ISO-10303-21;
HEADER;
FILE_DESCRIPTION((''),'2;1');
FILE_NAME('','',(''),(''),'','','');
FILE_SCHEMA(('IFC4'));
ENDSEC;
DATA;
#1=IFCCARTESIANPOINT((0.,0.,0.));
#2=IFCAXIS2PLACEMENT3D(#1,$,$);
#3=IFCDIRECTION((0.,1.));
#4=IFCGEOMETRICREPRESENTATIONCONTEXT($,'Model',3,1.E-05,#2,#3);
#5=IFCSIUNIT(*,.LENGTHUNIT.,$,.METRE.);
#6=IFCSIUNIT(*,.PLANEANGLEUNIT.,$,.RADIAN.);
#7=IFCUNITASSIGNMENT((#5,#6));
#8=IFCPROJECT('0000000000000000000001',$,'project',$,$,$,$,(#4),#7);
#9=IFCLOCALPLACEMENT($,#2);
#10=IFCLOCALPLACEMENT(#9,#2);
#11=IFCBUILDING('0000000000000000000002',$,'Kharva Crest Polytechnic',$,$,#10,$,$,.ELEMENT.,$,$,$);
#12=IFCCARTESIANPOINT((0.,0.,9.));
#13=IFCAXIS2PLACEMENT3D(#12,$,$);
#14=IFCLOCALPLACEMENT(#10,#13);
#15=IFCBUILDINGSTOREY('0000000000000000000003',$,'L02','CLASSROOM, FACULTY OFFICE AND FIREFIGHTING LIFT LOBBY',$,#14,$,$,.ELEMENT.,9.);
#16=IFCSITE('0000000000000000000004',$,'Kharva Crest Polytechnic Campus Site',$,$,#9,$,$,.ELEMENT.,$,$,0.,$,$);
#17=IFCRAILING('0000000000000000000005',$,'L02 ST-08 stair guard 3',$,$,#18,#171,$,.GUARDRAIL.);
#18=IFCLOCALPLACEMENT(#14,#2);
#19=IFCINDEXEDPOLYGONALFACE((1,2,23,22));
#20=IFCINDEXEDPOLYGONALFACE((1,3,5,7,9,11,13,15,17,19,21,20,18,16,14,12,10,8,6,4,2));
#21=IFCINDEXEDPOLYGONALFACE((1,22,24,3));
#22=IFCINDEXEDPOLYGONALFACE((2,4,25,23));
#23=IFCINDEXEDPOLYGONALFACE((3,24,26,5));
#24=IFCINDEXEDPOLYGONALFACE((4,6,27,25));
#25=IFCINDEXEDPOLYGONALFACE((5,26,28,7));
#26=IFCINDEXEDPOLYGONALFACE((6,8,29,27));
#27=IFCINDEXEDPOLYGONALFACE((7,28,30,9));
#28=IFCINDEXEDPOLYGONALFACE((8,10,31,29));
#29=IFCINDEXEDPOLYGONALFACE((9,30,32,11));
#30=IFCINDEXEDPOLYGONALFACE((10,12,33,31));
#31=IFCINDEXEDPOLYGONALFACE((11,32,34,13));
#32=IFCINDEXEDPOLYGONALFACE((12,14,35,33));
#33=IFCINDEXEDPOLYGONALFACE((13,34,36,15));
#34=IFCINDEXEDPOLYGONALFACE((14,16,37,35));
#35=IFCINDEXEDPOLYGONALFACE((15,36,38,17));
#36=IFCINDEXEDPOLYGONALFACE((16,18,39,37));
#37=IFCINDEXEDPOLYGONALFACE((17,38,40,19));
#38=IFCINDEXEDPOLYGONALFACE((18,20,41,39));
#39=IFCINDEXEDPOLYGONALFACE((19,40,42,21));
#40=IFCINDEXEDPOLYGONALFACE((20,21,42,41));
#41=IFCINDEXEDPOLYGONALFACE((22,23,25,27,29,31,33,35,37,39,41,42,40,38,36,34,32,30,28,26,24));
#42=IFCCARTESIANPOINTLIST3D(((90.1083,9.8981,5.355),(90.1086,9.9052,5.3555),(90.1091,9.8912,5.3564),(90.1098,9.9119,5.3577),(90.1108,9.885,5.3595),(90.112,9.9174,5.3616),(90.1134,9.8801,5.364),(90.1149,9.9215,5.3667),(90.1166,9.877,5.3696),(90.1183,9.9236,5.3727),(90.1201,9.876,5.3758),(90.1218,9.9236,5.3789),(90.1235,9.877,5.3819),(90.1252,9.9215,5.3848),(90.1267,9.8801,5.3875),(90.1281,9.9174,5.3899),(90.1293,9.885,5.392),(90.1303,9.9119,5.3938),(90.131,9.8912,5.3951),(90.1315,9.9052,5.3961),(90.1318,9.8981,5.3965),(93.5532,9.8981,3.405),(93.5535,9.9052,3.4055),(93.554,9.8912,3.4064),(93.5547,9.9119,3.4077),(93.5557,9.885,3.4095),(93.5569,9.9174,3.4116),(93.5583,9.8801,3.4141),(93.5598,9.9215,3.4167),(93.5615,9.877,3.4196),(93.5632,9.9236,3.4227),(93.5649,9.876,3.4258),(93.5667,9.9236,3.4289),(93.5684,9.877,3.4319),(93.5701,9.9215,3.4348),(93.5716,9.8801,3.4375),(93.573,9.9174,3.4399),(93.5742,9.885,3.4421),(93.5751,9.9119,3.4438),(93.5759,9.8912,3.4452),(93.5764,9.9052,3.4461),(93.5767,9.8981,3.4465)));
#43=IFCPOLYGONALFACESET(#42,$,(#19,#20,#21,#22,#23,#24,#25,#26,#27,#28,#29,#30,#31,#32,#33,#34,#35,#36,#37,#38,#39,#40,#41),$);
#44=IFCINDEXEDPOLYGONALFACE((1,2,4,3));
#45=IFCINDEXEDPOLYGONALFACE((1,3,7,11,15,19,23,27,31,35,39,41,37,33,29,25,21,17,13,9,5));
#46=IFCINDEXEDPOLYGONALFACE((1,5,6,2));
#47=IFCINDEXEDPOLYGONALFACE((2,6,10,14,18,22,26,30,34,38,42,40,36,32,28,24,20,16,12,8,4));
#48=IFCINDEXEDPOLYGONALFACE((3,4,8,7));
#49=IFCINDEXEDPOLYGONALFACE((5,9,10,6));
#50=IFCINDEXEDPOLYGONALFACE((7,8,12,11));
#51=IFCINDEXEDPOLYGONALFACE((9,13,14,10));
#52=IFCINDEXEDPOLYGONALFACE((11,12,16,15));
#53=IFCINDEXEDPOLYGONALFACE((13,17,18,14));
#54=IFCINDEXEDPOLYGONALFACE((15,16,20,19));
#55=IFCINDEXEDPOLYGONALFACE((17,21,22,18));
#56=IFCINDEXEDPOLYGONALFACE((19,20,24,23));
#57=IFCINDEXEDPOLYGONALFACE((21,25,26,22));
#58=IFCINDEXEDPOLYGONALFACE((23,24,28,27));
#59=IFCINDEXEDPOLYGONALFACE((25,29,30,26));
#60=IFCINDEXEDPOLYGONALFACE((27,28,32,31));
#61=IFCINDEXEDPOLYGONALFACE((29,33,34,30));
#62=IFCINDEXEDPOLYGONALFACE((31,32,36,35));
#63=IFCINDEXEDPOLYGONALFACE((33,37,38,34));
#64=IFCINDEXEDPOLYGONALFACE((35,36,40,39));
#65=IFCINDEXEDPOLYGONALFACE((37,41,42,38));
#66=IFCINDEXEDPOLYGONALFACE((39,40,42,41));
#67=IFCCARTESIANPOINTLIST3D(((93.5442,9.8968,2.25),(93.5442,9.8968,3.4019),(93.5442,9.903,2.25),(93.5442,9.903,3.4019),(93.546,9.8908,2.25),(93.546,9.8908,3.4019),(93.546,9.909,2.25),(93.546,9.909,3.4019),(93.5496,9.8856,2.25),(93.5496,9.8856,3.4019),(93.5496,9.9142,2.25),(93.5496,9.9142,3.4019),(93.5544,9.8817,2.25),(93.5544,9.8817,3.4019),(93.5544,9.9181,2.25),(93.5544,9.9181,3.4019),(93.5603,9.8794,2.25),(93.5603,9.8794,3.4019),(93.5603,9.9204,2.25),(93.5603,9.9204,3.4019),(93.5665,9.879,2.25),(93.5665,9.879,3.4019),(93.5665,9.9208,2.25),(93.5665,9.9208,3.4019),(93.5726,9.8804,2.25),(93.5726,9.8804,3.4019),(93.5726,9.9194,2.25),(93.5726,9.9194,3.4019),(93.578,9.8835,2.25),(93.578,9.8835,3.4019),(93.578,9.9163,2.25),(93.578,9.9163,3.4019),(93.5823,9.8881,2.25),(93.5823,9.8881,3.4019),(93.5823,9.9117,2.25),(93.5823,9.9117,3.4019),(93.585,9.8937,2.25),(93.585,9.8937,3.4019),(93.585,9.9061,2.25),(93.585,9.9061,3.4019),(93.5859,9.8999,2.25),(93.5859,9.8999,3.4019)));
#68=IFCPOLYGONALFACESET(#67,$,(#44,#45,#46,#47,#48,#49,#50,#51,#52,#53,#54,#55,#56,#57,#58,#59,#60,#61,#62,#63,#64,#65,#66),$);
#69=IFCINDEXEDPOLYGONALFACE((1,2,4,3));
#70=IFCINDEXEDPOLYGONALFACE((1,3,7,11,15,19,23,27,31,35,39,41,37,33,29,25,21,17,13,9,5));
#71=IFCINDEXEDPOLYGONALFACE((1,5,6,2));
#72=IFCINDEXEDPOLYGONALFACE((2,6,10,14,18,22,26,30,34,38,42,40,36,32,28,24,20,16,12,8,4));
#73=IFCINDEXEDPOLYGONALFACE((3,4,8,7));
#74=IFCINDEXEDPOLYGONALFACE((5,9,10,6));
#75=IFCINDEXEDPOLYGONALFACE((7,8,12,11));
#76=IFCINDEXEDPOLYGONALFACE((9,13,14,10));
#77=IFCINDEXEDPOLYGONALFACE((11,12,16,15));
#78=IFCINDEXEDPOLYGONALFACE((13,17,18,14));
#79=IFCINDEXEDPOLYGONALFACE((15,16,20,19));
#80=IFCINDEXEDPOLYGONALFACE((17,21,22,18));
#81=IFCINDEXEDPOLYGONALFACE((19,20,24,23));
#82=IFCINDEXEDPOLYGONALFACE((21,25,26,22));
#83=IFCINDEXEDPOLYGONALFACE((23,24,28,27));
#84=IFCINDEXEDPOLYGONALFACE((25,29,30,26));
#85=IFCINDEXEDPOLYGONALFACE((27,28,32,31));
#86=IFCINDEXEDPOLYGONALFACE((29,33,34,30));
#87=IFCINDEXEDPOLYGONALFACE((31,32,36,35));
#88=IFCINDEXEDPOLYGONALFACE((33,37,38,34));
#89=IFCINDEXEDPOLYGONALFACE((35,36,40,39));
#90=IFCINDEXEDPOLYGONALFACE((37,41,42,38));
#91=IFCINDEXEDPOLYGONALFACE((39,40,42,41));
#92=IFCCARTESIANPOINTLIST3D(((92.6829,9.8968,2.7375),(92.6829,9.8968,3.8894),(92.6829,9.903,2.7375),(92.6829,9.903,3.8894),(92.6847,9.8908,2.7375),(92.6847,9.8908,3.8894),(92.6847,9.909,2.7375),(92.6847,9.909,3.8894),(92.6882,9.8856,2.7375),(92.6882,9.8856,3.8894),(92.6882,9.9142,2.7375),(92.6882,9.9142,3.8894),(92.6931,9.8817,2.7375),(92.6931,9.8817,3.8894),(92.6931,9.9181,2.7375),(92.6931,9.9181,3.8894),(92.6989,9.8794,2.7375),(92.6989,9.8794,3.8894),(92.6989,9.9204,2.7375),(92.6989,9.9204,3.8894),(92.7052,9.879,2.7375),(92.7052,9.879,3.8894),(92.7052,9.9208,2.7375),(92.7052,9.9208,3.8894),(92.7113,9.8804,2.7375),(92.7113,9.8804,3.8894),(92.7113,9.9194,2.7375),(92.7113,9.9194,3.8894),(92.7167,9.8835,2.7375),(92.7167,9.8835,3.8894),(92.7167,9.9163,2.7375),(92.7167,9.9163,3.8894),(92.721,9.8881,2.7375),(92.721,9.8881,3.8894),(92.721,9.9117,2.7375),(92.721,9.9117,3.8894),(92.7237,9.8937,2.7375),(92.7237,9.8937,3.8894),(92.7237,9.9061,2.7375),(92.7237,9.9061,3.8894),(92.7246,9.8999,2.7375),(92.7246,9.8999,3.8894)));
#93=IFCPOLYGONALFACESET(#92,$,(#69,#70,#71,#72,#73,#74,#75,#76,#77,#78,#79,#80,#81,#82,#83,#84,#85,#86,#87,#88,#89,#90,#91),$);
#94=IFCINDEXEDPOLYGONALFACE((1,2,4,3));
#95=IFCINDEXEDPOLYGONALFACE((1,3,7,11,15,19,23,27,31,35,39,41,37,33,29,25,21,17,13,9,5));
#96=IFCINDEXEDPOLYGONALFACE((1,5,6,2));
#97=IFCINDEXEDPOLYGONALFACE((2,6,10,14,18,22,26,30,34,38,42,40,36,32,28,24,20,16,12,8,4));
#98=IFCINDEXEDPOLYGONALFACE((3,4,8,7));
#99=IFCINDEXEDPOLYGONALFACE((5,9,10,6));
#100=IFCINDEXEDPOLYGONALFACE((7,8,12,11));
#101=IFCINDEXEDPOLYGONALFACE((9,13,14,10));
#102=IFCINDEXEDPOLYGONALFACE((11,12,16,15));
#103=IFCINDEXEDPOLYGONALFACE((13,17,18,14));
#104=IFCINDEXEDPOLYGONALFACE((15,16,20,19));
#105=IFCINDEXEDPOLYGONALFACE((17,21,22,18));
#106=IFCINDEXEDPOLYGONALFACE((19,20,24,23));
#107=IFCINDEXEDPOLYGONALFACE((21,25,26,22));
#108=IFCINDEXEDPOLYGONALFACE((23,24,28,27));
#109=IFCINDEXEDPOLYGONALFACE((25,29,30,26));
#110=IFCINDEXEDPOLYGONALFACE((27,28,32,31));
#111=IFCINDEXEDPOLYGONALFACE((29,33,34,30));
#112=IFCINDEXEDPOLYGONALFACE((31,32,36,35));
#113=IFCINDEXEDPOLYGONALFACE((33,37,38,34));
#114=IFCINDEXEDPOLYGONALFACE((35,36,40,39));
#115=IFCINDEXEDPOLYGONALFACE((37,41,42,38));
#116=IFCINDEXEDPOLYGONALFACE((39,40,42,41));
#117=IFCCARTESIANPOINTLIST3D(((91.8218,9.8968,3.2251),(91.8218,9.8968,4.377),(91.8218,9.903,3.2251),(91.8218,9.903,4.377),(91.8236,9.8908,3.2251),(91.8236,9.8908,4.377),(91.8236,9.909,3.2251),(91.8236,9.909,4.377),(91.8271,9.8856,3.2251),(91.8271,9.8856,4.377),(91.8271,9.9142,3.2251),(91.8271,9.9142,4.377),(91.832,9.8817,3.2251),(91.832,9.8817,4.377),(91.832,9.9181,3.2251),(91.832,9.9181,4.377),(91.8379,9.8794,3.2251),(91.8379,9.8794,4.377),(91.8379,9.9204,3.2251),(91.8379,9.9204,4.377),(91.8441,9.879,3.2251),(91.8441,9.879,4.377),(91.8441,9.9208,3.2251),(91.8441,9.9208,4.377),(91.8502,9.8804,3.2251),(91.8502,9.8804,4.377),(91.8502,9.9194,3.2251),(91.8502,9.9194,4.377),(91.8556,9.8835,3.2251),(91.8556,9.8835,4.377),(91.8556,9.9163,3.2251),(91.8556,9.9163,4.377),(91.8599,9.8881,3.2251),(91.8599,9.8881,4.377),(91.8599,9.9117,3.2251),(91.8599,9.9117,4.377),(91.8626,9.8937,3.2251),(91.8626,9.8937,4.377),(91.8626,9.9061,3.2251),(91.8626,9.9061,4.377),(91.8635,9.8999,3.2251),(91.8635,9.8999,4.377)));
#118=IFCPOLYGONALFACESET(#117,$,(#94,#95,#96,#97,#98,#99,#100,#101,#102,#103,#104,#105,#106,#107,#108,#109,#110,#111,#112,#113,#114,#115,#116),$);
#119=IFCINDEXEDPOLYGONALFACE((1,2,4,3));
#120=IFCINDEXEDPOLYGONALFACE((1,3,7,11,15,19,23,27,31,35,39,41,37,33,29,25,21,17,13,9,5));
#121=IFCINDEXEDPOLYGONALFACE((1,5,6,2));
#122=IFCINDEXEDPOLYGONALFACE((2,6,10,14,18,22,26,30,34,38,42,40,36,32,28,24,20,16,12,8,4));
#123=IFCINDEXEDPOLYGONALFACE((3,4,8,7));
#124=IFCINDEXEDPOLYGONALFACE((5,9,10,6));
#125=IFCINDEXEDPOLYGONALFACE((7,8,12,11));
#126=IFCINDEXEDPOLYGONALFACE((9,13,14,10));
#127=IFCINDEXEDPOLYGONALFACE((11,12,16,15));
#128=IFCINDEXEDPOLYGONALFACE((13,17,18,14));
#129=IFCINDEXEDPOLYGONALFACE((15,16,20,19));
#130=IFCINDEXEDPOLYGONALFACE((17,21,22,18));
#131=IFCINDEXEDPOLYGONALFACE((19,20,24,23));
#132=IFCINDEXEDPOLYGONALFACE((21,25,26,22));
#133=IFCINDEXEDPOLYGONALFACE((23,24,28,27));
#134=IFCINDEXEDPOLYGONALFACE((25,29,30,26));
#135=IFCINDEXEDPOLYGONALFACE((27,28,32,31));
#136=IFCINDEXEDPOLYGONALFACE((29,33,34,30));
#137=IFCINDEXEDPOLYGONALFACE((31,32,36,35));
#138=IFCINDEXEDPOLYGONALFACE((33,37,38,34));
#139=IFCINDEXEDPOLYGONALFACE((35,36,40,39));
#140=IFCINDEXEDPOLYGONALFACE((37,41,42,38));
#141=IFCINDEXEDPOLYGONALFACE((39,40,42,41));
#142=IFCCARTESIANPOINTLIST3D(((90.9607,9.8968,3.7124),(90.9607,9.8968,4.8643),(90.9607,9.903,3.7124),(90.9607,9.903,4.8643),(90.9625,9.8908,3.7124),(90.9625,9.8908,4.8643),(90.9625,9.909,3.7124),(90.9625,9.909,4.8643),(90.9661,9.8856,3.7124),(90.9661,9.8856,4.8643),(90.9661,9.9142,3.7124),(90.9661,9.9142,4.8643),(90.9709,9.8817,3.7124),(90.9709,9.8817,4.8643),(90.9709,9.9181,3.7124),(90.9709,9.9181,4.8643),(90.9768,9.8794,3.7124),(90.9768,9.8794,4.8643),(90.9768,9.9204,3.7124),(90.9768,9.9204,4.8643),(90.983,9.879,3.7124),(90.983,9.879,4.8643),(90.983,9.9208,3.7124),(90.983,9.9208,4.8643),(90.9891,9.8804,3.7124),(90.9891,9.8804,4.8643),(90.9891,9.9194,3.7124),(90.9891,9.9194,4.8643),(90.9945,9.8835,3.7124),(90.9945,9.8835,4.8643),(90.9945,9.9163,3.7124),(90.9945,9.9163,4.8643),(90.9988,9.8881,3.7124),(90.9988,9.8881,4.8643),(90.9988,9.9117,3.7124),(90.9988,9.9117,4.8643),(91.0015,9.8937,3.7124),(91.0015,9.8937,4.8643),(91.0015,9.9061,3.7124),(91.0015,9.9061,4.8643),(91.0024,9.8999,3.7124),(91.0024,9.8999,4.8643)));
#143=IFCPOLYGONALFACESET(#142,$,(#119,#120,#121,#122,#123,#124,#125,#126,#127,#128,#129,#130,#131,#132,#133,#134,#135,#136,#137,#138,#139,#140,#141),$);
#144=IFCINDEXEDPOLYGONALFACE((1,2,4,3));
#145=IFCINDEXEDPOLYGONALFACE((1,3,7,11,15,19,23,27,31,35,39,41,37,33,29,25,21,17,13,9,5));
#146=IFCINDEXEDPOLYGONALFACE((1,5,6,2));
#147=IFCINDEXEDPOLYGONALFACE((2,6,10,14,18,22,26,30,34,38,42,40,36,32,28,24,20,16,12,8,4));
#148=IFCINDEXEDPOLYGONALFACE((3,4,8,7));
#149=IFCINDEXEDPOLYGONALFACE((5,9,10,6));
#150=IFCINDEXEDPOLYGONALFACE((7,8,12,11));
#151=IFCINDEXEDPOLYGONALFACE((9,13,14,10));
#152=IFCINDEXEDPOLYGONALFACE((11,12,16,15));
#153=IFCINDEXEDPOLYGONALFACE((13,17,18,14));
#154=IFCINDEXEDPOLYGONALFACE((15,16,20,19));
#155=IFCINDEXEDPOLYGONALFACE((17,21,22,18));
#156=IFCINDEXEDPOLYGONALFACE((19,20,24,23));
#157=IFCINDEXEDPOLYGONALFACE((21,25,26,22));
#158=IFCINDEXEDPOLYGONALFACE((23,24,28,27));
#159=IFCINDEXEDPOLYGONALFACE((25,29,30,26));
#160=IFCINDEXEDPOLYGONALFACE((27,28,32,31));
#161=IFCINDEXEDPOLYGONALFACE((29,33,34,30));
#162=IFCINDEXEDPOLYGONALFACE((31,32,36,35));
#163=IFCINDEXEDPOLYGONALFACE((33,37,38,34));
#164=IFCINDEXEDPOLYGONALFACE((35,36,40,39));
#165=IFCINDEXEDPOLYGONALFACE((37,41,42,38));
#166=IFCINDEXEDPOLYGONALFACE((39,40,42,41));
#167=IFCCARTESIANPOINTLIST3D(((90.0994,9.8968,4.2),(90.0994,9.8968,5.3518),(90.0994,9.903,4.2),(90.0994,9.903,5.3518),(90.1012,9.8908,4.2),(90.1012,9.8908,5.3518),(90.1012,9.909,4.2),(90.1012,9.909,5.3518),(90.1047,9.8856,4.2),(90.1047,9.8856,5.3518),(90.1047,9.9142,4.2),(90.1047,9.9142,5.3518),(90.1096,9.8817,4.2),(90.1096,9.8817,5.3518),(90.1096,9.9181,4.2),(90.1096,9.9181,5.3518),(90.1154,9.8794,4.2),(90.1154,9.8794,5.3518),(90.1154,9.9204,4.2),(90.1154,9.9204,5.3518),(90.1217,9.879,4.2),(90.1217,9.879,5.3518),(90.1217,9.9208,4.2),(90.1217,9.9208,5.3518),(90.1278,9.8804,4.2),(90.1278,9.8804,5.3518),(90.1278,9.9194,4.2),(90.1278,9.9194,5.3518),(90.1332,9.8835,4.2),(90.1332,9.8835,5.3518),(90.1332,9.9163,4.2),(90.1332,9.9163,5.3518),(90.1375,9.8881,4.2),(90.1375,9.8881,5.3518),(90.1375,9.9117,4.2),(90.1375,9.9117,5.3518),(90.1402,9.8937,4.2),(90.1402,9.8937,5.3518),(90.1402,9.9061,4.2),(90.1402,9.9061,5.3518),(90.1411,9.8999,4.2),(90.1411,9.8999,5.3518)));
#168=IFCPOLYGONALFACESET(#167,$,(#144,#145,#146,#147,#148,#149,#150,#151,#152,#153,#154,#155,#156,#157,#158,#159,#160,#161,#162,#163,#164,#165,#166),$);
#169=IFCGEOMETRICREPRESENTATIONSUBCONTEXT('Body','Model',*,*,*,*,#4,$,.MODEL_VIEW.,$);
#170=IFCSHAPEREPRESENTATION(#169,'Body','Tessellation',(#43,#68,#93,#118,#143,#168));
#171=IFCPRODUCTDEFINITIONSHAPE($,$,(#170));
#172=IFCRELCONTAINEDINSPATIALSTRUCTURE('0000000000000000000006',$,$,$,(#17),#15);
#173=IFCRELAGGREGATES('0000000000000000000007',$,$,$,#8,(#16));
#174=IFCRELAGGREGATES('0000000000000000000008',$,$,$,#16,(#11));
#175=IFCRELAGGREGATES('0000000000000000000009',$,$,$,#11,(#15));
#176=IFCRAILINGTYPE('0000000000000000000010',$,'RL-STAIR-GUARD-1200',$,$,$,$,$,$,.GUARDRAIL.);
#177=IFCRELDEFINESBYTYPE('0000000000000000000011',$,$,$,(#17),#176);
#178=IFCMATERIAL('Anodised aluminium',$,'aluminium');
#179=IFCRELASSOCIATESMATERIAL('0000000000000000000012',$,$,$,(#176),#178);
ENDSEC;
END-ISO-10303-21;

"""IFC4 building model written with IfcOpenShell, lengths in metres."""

from ifc_helpers import new_model, si_unit, direction, frame, origin, origin_2d, place, context, subcontext, project, spatial, circle, extrude, material, type_object, element, save


model = new_model("IFC4")

# Units and contexts
model_context = context("Model", 3, precision=1e-05, world=origin(), true_north=direction((0.0, 1.0)))
body_context = subcontext(model_context, "Body", "Model", "MODEL_VIEW")
ifc_project = project(units=[si_unit("LENGTHUNIT", "METRE"), si_unit("PLANEANGLEUNIT", "RADIAN")], contexts=[model_context])

# Site, building, storey
site_placement = place(None, origin())
site = spatial("IfcSite", under=ifc_project, at=site_placement, Name="Kharva Crest Polytechnic Campus Site", CompositionType="ELEMENT", RefElevation=0.0)
building_placement = place(site_placement, origin())
building = spatial("IfcBuilding", under=site, at=building_placement, Name="Kharva Crest Polytechnic", CompositionType="ELEMENT")
storey_placement = place(building_placement, frame((0.0, 0.0, 9.0)))
storey = spatial("IfcBuildingStorey", under=building, at=storey_placement, Name="L02", Description="CLASSROOM, FACULTY OFFICE AND FIREFIGHTING LIFT LOBBY", CompositionType="ELEMENT", Elevation=9.0)

# Railing
ifc_material_1 = material(Name="Anodised aluminium", Category="aluminium")
railing_type_1 = type_object("IfcRailingType", Name="RL-STAIR-GUARD-1200", PredefinedType="GUARDRAIL", material=ifc_material_1)
railing_1_placement = place(storey_placement, frame((93.5649, 9.8999, 2.25)))
element("IfcRailing", 1, at=railing_1_placement, inside=storey, type_object=railing_type_1, Name="L02 ST-08 stair guard 3", PredefinedType="GUARDRAIL", context=body_context, shape_type="SweptSolid", body=[
    extrude(circle(Radius=0.0239, at=origin_2d()), frame((0.0, 0.0, 1.1758), z_axis=(-0.870251, 0.0, 0.492608), x_axis=(0.0, -1.0, 0.0)), (0.0, 0.0, 1.0), 3.9585),
    extrude(circle(Radius=0.021, at=origin_2d()), origin(), (0.0, 0.0, 1.0), 1.1519),
    extrude(circle(Radius=0.021, at=origin_2d()), frame((-0.8613, 0.0, 0.4875)), (0.0, 0.0, 1.0), 1.1519),
    extrude(circle(Radius=0.021, at=origin_2d()), frame((-1.7224, 0.0, 0.9751)), (0.0, 0.0, 1.0), 1.1519),
    extrude(circle(Radius=0.021, at=origin_2d()), frame((-2.5835, 0.0, 1.4624)), (0.0, 0.0, 1.0), 1.1519),
    extrude(circle(Radius=0.021, at=origin_2d()), frame((-3.4448, 0.0, 1.95)), (0.0, 0.0, 1.0), 1.1519),
])

save(model, "model.ifc")
